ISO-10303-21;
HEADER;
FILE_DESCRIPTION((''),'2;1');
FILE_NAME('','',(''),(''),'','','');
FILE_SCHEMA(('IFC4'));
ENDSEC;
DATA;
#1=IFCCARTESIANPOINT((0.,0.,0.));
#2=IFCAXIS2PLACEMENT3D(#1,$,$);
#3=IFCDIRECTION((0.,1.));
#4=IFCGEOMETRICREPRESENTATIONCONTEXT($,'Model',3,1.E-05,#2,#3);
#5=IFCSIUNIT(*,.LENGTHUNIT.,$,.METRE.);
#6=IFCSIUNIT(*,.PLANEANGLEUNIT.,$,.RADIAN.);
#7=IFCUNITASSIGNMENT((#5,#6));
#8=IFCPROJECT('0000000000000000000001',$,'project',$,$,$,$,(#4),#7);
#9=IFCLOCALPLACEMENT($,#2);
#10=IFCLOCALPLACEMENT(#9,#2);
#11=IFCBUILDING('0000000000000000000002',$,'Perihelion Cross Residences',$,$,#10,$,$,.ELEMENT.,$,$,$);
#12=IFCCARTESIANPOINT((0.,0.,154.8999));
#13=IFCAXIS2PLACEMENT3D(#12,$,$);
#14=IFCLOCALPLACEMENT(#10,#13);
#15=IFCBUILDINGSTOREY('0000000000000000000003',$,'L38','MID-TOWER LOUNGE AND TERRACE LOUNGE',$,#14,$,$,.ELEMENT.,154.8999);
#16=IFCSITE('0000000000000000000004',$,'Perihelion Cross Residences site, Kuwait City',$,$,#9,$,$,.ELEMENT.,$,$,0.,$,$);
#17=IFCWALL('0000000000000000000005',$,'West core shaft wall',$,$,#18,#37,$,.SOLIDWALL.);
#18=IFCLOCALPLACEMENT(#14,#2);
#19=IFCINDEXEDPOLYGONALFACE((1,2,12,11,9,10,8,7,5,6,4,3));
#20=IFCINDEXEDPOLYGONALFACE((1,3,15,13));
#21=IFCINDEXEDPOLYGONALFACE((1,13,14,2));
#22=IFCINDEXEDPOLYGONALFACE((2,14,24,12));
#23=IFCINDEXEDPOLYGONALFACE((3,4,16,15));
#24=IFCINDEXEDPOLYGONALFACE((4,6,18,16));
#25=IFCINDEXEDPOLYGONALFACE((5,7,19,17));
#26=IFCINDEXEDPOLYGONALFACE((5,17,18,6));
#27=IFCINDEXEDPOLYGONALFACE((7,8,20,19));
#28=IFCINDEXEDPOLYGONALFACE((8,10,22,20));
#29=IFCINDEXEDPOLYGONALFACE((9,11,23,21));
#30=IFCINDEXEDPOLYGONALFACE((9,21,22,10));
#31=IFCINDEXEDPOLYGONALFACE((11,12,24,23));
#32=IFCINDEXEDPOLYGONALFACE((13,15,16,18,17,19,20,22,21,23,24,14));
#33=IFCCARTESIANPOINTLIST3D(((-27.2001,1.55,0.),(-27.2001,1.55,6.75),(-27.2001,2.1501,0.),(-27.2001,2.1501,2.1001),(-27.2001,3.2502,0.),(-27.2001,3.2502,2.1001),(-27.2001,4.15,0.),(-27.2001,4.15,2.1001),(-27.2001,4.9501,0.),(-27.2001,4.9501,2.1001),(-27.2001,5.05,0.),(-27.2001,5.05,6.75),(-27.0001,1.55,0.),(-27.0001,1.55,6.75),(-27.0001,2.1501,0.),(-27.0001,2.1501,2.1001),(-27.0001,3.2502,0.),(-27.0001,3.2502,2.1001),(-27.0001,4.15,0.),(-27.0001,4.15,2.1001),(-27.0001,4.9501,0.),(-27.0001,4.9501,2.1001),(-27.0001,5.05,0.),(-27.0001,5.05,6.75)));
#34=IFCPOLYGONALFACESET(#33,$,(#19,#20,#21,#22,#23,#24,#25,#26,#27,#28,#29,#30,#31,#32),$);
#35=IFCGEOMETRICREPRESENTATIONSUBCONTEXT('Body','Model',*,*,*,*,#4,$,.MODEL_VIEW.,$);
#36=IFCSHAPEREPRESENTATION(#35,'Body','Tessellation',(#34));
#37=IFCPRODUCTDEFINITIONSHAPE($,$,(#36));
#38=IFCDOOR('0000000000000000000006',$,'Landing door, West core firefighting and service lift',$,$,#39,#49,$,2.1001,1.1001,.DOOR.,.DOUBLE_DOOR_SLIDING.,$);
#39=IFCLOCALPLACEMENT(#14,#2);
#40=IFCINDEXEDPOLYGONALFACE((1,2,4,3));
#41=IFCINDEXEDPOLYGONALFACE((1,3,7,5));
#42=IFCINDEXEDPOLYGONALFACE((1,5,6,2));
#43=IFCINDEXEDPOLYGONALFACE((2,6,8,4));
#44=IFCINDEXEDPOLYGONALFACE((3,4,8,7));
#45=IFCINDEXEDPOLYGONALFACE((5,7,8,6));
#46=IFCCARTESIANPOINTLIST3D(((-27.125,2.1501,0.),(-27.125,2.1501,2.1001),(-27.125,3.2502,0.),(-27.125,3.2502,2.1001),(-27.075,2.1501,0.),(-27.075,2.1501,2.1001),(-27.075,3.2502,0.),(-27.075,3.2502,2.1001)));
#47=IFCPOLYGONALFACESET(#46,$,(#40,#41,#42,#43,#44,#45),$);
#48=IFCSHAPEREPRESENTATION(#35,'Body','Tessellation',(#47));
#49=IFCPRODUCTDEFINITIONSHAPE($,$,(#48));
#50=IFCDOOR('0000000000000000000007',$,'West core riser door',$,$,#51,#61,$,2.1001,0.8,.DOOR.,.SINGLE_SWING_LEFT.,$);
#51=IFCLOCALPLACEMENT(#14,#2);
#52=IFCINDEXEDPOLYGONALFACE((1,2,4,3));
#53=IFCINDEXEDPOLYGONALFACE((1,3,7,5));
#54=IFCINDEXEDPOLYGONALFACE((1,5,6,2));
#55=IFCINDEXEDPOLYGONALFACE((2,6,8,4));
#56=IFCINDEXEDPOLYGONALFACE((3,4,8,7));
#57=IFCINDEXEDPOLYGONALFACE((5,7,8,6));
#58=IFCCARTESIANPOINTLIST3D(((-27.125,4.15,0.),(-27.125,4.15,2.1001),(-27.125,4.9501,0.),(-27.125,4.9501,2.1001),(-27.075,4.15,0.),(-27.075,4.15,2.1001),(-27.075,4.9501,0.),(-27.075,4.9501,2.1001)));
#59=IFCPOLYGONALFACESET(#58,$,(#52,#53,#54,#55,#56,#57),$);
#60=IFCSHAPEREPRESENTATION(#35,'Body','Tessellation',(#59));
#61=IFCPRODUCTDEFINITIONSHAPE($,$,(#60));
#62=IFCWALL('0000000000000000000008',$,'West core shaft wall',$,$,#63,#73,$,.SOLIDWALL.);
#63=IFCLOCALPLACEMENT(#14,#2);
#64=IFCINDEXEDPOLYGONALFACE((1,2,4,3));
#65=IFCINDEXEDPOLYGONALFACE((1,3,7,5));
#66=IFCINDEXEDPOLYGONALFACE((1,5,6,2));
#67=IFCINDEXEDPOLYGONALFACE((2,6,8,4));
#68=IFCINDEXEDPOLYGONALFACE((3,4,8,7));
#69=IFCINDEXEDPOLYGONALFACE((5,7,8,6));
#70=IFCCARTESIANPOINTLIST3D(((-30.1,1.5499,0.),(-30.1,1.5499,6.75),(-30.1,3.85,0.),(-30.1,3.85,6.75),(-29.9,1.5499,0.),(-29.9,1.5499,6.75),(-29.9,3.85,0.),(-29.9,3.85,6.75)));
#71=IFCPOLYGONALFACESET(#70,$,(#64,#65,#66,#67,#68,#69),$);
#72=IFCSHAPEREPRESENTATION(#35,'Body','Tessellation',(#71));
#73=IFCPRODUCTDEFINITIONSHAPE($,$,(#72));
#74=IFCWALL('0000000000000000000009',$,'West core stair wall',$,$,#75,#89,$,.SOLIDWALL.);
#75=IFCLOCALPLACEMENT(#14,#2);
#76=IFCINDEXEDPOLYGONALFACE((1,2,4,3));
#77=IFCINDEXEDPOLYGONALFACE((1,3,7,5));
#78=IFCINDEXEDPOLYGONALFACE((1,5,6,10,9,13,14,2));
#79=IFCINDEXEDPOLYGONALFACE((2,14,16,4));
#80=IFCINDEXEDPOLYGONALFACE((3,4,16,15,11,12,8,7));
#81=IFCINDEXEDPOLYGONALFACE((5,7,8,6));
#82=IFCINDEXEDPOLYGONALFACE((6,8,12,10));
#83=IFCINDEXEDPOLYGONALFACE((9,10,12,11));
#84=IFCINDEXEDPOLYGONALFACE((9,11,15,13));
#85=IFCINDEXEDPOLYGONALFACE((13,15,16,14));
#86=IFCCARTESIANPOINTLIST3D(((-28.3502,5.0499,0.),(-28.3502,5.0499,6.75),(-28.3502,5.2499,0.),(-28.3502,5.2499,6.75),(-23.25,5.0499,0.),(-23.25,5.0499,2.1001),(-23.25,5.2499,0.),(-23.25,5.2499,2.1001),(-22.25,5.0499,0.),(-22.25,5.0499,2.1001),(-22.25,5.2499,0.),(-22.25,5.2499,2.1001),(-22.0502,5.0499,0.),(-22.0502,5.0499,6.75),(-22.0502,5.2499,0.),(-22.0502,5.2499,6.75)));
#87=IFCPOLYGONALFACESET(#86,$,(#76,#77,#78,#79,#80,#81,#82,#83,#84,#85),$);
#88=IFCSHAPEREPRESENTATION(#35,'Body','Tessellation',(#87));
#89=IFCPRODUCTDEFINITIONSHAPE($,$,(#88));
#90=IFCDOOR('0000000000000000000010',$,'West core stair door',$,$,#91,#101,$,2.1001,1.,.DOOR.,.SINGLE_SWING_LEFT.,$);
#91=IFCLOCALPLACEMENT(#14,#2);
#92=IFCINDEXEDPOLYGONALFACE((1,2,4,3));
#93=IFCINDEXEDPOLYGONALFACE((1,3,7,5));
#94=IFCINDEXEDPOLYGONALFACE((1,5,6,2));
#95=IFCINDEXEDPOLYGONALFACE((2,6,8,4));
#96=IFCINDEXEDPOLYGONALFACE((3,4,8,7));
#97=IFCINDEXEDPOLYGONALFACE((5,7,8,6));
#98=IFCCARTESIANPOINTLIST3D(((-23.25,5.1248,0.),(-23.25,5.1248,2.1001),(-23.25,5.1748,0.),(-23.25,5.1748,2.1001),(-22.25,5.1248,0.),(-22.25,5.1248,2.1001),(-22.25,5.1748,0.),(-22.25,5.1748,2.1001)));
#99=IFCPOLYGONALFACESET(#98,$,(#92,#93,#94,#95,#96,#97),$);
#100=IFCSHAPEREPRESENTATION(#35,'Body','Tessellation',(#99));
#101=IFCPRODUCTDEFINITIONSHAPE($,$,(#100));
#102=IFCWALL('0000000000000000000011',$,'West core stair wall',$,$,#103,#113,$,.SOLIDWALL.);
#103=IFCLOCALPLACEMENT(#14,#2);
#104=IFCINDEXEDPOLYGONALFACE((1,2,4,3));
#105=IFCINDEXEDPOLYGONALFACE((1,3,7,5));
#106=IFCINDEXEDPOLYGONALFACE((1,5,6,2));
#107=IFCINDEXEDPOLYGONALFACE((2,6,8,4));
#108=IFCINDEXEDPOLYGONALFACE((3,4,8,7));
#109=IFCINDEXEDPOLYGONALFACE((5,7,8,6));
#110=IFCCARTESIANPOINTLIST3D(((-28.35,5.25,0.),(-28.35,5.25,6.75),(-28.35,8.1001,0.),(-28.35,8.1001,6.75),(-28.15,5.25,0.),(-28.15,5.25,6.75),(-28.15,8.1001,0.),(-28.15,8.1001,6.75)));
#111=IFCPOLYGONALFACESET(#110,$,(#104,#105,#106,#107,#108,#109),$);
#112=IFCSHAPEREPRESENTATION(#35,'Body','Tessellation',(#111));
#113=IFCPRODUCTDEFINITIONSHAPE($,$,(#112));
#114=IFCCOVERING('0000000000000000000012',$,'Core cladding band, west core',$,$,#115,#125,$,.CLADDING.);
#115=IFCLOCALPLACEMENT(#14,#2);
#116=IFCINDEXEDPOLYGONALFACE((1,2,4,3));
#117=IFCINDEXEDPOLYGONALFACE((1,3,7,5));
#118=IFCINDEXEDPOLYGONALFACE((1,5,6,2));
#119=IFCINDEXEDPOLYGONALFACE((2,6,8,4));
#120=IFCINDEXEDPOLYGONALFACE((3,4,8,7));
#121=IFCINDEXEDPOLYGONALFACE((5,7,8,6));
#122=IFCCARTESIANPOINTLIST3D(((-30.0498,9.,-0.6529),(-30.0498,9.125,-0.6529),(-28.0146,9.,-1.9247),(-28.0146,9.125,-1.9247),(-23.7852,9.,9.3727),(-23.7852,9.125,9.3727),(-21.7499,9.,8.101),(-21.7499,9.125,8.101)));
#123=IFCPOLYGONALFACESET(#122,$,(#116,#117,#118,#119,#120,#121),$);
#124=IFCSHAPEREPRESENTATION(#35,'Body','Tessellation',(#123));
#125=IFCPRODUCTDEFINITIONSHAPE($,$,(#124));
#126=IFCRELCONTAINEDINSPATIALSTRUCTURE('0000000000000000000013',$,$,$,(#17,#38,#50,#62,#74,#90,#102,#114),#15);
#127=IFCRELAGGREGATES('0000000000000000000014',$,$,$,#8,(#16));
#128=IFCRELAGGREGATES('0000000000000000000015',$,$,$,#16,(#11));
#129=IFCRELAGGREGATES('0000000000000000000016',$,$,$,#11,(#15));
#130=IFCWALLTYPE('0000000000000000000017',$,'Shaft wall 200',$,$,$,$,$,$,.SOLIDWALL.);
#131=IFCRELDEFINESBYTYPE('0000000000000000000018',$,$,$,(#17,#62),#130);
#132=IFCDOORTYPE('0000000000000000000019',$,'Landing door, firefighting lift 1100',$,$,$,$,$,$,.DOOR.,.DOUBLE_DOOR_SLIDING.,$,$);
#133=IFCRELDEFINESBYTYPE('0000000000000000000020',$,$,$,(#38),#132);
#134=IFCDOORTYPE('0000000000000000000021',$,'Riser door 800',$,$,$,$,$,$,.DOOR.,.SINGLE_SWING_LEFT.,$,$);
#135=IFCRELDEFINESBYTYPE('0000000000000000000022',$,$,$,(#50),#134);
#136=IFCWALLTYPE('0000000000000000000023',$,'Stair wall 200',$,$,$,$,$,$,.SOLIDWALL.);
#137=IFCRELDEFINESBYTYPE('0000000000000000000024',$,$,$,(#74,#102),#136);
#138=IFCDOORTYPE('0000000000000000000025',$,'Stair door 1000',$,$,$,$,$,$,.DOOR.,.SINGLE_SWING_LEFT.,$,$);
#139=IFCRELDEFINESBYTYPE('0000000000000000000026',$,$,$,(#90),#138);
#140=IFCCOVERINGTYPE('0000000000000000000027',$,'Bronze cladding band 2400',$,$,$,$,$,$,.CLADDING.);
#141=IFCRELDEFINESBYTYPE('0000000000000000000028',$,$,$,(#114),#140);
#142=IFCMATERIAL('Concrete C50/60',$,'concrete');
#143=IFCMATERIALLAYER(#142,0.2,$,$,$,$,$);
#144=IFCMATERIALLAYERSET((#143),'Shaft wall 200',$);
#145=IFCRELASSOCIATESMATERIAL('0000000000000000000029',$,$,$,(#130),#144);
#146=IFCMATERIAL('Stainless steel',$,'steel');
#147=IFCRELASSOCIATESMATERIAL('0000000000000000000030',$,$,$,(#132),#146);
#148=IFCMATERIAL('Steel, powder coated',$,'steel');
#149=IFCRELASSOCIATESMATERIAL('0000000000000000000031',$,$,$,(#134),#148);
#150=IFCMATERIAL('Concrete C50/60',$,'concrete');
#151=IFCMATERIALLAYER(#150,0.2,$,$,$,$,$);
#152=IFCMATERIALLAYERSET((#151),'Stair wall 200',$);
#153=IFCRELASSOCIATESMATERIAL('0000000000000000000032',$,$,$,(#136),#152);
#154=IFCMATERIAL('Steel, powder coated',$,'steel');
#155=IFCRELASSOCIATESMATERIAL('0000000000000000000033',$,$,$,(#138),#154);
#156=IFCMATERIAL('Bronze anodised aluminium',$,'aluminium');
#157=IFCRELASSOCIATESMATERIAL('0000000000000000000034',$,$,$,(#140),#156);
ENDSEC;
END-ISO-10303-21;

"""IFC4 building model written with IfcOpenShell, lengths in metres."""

from ifc_helpers import new_model, si_unit, direction, frame, frame_2d, origin, origin_2d, place, context, subcontext, project, spatial, rectangle, extrude, material, layer, layer_set, material_profile, profile_set, type_object, element, fill, save


model = new_model("IFC4")

# Units and contexts
model_context = context("Model", 3, precision=1e-05, world=origin(), true_north=direction((0.0, 1.0)))
body_context = subcontext(model_context, "Body", "Model", "MODEL_VIEW")
ifc_project = project(units=[si_unit("LENGTHUNIT", "METRE"), si_unit("PLANEANGLEUNIT", "RADIAN")], contexts=[model_context])

# Site, building, storey
site_placement = place(None, origin())
site = spatial("IfcSite", under=ifc_project, at=site_placement, Name="Perihelion Cross Residences site, Kuwait City", CompositionType="ELEMENT", RefElevation=0.0)
building_placement = place(site_placement, origin())
building = spatial("IfcBuilding", under=site, at=building_placement, Name="Perihelion Cross Residences", CompositionType="ELEMENT")
storey_placement = place(building_placement, frame((0.0, 0.0, 154.8999)))
storey = spatial("IfcBuildingStorey", under=building, at=storey_placement, Name="L38", Description="MID-TOWER LOUNGE AND TERRACE LOUNGE", CompositionType="ELEMENT", Elevation=154.8999)

# Shared definitions
ifc_material_1 = material(Name="Concrete C50/60", Category="concrete")
ifc_layer_1 = layer(ifc_material_1, 0.2)
ifc_layer_set_1 = layer_set([ifc_layer_1], Name="Shaft wall 200")
wall_type_1 = type_object("IfcWallType", Name="Shaft wall 200", PredefinedType="SOLIDWALL", material=ifc_layer_set_1)

# Wall, openings, doors
wall_1_placement = place(storey_placement, frame((-27.1001, 1.55, 0.0), z_axis=(0.0, 0.0, 1.0), x_axis=(0.0, 1.0, 0.0)))
wall_1 = element("IfcWall", 1, at=wall_1_placement, inside=storey, type_object=wall_type_1, Name="West core shaft wall", PredefinedType="SOLIDWALL", context=body_context, shape_type="SweptSolid", body=[
    extrude(rectangle(XDim=3.5, YDim=0.2, at=frame_2d((1.75, 0.0))), origin(), (0.0, 0.0, 1.0), 6.75),
])
opening_1_placement = place(wall_1_placement, frame((0.6001, 0.0, 0.0)))
opening_1 = element("IfcOpeningElement", 2, at=opening_1_placement, cuts=wall_1, PredefinedType="OPENING", context=body_context, shape_type="SweptSolid", body=[
    extrude(rectangle(XDim=1.1001, YDim=2.1001, at=frame_2d((0.55, 1.05))), frame((0.0, 0.1099, 0.0), z_axis=(0.0, -1.0, 0.0), x_axis=(1.0, 0.0, 0.0)), (0.0, 0.0, 1.0), 0.22),
])
opening_2_placement = place(wall_1_placement, frame((2.6001, 0.0, 0.0)))
opening_2 = element("IfcOpeningElement", 3, at=opening_2_placement, cuts=wall_1, PredefinedType="OPENING", context=body_context, shape_type="SweptSolid", body=[
    extrude(rectangle(XDim=0.8, YDim=2.1001, at=frame_2d((0.3999, 1.05))), frame((0.0, 0.1099, 0.0), z_axis=(0.0, -1.0, 0.0), x_axis=(1.0, 0.0, 0.0)), (0.0, 0.0, 1.0), 0.22),
])
ifc_material_2 = material(Name="Stainless steel", Category="steel")
door_type_1 = type_object("IfcDoorType", Name="Landing door, firefighting lift 1100", OperationType="DOUBLE_DOOR_SLIDING", PredefinedType="DOOR", material=ifc_material_2)
door_1_placement = place(opening_1_placement, origin())
door_1 = element("IfcDoor", 4, at=door_1_placement, inside=storey, type_object=door_type_1, Name="Landing door, West core firefighting and service lift", OperationType="DOUBLE_DOOR_SLIDING", OverallHeight=2.1001, OverallWidth=1.1001, PredefinedType="DOOR", context=body_context, shape_type="SweptSolid", body=[
    extrude(rectangle(XDim=1.1001, YDim=2.1001, at=frame_2d((0.55, 1.05))), frame((0.0, 0.0249, 0.0), z_axis=(0.0, -1.0, 0.0), x_axis=(1.0, 0.0, 0.0)), (0.0, 0.0, 1.0), 0.05),
])
fill(opening_1, door_1)
ifc_material_3 = material(Name="Steel, powder coated", Category="steel")
door_type_2 = type_object("IfcDoorType", Name="Riser door 800", OperationType="SINGLE_SWING_LEFT", PredefinedType="DOOR", material=ifc_material_3)
door_2_placement = place(opening_2_placement, origin())
door_2 = element("IfcDoor", 5, at=door_2_placement, inside=storey, type_object=door_type_2, Name="West core riser door", OperationType="SINGLE_SWING_LEFT", OverallHeight=2.1001, OverallWidth=0.8, PredefinedType="DOOR", context=body_context, shape_type="SweptSolid", body=[
    extrude(rectangle(XDim=0.8, YDim=2.1001, at=frame_2d((0.3999, 1.05))), frame((0.0, 0.0249, 0.0), z_axis=(0.0, -1.0, 0.0), x_axis=(1.0, 0.0, 0.0)), (0.0, 0.0, 1.0), 0.05),
])
fill(opening_2, door_2)

# Wall
wall_2_placement = place(storey_placement, frame((-30.0, 1.55, 0.0), z_axis=(0.0, 0.0, 1.0), x_axis=(0.0, 1.0, 0.0)))
element("IfcWall", 6, at=wall_2_placement, inside=storey, type_object=wall_type_1, Name="West core shaft wall", PredefinedType="SOLIDWALL", context=body_context, shape_type="SweptSolid", body=[
    extrude(rectangle(XDim=2.3, YDim=0.2, at=frame_2d((1.1499, 0.0))), origin(), (0.0, 0.0, 1.0), 6.75),
])

# Wall, opening, door
ifc_material_4 = material(Name="Concrete C50/60", Category="concrete")
ifc_layer_2 = layer(ifc_material_4, 0.2)
ifc_layer_set_2 = layer_set([ifc_layer_2], Name="Stair wall 200")
wall_type_2 = type_object("IfcWallType", Name="Stair wall 200", PredefinedType="SOLIDWALL", material=ifc_layer_set_2)
wall_3_placement = place(storey_placement, frame((-28.3501, 5.1499, 0.0), z_axis=(0.0, 0.0, 1.0), x_axis=(1.0, 0.0, 0.0)))
wall_3 = element("IfcWall", 7, at=wall_3_placement, inside=storey, type_object=wall_type_2, Name="West core stair wall", PredefinedType="SOLIDWALL", context=body_context, shape_type="SweptSolid", body=[
    extrude(rectangle(XDim=6.3, YDim=0.2, at=frame_2d((3.1499, 0.0))), origin(), (0.0, 0.0, 1.0), 6.75),
])
opening_3_placement = place(wall_3_placement, frame((5.1001, 0.0, 0.0)))
opening_3 = element("IfcOpeningElement", 8, at=opening_3_placement, cuts=wall_3, PredefinedType="OPENING", context=body_context, shape_type="SweptSolid", body=[
    extrude(rectangle(XDim=1.0, YDim=2.1001, at=frame_2d((0.5, 1.05))), frame((0.0, 0.1099, 0.0), z_axis=(0.0, -1.0, 0.0), x_axis=(1.0, 0.0, 0.0)), (0.0, 0.0, 1.0), 0.22),
])
ifc_material_5 = material(Name="Steel, powder coated", Category="steel")
door_type_3 = type_object("IfcDoorType", Name="Stair door 1000", OperationType="SINGLE_SWING_LEFT", PredefinedType="DOOR", material=ifc_material_5)
door_3_placement = place(opening_3_placement, origin())
door_3 = element("IfcDoor", 9, at=door_3_placement, inside=storey, type_object=door_type_3, Name="West core stair door", OperationType="SINGLE_SWING_LEFT", OverallHeight=2.1001, OverallWidth=1.0, PredefinedType="DOOR", context=body_context, shape_type="SweptSolid", body=[
    extrude(rectangle(XDim=1.0, YDim=2.1001, at=frame_2d((0.5, 1.05))), frame((0.0, 0.0249, 0.0), z_axis=(0.0, -1.0, 0.0), x_axis=(1.0, 0.0, 0.0)), (0.0, 0.0, 1.0), 0.05),
])
fill(opening_3, door_3)

# Wall
wall_4_placement = place(storey_placement, frame((-28.25, 5.25, 0.0), z_axis=(0.0, 0.0, 1.0), x_axis=(0.0, 1.0, 0.0)))
element("IfcWall", 10, at=wall_4_placement, inside=storey, type_object=wall_type_2, Name="West core stair wall", PredefinedType="SOLIDWALL", context=body_context, shape_type="SweptSolid", body=[
    extrude(rectangle(XDim=2.8501, YDim=0.2, at=frame_2d((1.425, 0.0))), origin(), (0.0, 0.0, 1.0), 6.75),
])

# Covering
ifc_material_6 = material(Name="Bronze anodised aluminium", Category="aluminium")
ifc_material_profile = material_profile(ifc_material_6, rectangle(XDim=0.125, YDim=2.3999, at=origin_2d()), Name="Bronze cladding band 2400")
ifc_profile_set = profile_set([ifc_material_profile], Name="Bronze anodised aluminium")
covering_type = type_object("IfcCoveringType", Name="Bronze cladding band 2400", PredefinedType="CLADDING", material=ifc_profile_set)
covering_placement = place(storey_placement, frame((-29.0322, 9.0625, -1.2888), z_axis=(0.529915, 0.0, 0.848051), x_axis=(0.0, 1.0, 0.0)))
element("IfcCovering", 11, at=covering_placement, inside=storey, type_object=covering_type, Name="Core cladding band, west core", PredefinedType="CLADDING", context=body_context, shape_type="SweptSolid", body=[
    extrude(rectangle(XDim=0.125, YDim=2.3999, at=origin_2d()), origin(), (0.0, 0.0, 1.0), 11.822),
])

save(model, "model.ifc")
